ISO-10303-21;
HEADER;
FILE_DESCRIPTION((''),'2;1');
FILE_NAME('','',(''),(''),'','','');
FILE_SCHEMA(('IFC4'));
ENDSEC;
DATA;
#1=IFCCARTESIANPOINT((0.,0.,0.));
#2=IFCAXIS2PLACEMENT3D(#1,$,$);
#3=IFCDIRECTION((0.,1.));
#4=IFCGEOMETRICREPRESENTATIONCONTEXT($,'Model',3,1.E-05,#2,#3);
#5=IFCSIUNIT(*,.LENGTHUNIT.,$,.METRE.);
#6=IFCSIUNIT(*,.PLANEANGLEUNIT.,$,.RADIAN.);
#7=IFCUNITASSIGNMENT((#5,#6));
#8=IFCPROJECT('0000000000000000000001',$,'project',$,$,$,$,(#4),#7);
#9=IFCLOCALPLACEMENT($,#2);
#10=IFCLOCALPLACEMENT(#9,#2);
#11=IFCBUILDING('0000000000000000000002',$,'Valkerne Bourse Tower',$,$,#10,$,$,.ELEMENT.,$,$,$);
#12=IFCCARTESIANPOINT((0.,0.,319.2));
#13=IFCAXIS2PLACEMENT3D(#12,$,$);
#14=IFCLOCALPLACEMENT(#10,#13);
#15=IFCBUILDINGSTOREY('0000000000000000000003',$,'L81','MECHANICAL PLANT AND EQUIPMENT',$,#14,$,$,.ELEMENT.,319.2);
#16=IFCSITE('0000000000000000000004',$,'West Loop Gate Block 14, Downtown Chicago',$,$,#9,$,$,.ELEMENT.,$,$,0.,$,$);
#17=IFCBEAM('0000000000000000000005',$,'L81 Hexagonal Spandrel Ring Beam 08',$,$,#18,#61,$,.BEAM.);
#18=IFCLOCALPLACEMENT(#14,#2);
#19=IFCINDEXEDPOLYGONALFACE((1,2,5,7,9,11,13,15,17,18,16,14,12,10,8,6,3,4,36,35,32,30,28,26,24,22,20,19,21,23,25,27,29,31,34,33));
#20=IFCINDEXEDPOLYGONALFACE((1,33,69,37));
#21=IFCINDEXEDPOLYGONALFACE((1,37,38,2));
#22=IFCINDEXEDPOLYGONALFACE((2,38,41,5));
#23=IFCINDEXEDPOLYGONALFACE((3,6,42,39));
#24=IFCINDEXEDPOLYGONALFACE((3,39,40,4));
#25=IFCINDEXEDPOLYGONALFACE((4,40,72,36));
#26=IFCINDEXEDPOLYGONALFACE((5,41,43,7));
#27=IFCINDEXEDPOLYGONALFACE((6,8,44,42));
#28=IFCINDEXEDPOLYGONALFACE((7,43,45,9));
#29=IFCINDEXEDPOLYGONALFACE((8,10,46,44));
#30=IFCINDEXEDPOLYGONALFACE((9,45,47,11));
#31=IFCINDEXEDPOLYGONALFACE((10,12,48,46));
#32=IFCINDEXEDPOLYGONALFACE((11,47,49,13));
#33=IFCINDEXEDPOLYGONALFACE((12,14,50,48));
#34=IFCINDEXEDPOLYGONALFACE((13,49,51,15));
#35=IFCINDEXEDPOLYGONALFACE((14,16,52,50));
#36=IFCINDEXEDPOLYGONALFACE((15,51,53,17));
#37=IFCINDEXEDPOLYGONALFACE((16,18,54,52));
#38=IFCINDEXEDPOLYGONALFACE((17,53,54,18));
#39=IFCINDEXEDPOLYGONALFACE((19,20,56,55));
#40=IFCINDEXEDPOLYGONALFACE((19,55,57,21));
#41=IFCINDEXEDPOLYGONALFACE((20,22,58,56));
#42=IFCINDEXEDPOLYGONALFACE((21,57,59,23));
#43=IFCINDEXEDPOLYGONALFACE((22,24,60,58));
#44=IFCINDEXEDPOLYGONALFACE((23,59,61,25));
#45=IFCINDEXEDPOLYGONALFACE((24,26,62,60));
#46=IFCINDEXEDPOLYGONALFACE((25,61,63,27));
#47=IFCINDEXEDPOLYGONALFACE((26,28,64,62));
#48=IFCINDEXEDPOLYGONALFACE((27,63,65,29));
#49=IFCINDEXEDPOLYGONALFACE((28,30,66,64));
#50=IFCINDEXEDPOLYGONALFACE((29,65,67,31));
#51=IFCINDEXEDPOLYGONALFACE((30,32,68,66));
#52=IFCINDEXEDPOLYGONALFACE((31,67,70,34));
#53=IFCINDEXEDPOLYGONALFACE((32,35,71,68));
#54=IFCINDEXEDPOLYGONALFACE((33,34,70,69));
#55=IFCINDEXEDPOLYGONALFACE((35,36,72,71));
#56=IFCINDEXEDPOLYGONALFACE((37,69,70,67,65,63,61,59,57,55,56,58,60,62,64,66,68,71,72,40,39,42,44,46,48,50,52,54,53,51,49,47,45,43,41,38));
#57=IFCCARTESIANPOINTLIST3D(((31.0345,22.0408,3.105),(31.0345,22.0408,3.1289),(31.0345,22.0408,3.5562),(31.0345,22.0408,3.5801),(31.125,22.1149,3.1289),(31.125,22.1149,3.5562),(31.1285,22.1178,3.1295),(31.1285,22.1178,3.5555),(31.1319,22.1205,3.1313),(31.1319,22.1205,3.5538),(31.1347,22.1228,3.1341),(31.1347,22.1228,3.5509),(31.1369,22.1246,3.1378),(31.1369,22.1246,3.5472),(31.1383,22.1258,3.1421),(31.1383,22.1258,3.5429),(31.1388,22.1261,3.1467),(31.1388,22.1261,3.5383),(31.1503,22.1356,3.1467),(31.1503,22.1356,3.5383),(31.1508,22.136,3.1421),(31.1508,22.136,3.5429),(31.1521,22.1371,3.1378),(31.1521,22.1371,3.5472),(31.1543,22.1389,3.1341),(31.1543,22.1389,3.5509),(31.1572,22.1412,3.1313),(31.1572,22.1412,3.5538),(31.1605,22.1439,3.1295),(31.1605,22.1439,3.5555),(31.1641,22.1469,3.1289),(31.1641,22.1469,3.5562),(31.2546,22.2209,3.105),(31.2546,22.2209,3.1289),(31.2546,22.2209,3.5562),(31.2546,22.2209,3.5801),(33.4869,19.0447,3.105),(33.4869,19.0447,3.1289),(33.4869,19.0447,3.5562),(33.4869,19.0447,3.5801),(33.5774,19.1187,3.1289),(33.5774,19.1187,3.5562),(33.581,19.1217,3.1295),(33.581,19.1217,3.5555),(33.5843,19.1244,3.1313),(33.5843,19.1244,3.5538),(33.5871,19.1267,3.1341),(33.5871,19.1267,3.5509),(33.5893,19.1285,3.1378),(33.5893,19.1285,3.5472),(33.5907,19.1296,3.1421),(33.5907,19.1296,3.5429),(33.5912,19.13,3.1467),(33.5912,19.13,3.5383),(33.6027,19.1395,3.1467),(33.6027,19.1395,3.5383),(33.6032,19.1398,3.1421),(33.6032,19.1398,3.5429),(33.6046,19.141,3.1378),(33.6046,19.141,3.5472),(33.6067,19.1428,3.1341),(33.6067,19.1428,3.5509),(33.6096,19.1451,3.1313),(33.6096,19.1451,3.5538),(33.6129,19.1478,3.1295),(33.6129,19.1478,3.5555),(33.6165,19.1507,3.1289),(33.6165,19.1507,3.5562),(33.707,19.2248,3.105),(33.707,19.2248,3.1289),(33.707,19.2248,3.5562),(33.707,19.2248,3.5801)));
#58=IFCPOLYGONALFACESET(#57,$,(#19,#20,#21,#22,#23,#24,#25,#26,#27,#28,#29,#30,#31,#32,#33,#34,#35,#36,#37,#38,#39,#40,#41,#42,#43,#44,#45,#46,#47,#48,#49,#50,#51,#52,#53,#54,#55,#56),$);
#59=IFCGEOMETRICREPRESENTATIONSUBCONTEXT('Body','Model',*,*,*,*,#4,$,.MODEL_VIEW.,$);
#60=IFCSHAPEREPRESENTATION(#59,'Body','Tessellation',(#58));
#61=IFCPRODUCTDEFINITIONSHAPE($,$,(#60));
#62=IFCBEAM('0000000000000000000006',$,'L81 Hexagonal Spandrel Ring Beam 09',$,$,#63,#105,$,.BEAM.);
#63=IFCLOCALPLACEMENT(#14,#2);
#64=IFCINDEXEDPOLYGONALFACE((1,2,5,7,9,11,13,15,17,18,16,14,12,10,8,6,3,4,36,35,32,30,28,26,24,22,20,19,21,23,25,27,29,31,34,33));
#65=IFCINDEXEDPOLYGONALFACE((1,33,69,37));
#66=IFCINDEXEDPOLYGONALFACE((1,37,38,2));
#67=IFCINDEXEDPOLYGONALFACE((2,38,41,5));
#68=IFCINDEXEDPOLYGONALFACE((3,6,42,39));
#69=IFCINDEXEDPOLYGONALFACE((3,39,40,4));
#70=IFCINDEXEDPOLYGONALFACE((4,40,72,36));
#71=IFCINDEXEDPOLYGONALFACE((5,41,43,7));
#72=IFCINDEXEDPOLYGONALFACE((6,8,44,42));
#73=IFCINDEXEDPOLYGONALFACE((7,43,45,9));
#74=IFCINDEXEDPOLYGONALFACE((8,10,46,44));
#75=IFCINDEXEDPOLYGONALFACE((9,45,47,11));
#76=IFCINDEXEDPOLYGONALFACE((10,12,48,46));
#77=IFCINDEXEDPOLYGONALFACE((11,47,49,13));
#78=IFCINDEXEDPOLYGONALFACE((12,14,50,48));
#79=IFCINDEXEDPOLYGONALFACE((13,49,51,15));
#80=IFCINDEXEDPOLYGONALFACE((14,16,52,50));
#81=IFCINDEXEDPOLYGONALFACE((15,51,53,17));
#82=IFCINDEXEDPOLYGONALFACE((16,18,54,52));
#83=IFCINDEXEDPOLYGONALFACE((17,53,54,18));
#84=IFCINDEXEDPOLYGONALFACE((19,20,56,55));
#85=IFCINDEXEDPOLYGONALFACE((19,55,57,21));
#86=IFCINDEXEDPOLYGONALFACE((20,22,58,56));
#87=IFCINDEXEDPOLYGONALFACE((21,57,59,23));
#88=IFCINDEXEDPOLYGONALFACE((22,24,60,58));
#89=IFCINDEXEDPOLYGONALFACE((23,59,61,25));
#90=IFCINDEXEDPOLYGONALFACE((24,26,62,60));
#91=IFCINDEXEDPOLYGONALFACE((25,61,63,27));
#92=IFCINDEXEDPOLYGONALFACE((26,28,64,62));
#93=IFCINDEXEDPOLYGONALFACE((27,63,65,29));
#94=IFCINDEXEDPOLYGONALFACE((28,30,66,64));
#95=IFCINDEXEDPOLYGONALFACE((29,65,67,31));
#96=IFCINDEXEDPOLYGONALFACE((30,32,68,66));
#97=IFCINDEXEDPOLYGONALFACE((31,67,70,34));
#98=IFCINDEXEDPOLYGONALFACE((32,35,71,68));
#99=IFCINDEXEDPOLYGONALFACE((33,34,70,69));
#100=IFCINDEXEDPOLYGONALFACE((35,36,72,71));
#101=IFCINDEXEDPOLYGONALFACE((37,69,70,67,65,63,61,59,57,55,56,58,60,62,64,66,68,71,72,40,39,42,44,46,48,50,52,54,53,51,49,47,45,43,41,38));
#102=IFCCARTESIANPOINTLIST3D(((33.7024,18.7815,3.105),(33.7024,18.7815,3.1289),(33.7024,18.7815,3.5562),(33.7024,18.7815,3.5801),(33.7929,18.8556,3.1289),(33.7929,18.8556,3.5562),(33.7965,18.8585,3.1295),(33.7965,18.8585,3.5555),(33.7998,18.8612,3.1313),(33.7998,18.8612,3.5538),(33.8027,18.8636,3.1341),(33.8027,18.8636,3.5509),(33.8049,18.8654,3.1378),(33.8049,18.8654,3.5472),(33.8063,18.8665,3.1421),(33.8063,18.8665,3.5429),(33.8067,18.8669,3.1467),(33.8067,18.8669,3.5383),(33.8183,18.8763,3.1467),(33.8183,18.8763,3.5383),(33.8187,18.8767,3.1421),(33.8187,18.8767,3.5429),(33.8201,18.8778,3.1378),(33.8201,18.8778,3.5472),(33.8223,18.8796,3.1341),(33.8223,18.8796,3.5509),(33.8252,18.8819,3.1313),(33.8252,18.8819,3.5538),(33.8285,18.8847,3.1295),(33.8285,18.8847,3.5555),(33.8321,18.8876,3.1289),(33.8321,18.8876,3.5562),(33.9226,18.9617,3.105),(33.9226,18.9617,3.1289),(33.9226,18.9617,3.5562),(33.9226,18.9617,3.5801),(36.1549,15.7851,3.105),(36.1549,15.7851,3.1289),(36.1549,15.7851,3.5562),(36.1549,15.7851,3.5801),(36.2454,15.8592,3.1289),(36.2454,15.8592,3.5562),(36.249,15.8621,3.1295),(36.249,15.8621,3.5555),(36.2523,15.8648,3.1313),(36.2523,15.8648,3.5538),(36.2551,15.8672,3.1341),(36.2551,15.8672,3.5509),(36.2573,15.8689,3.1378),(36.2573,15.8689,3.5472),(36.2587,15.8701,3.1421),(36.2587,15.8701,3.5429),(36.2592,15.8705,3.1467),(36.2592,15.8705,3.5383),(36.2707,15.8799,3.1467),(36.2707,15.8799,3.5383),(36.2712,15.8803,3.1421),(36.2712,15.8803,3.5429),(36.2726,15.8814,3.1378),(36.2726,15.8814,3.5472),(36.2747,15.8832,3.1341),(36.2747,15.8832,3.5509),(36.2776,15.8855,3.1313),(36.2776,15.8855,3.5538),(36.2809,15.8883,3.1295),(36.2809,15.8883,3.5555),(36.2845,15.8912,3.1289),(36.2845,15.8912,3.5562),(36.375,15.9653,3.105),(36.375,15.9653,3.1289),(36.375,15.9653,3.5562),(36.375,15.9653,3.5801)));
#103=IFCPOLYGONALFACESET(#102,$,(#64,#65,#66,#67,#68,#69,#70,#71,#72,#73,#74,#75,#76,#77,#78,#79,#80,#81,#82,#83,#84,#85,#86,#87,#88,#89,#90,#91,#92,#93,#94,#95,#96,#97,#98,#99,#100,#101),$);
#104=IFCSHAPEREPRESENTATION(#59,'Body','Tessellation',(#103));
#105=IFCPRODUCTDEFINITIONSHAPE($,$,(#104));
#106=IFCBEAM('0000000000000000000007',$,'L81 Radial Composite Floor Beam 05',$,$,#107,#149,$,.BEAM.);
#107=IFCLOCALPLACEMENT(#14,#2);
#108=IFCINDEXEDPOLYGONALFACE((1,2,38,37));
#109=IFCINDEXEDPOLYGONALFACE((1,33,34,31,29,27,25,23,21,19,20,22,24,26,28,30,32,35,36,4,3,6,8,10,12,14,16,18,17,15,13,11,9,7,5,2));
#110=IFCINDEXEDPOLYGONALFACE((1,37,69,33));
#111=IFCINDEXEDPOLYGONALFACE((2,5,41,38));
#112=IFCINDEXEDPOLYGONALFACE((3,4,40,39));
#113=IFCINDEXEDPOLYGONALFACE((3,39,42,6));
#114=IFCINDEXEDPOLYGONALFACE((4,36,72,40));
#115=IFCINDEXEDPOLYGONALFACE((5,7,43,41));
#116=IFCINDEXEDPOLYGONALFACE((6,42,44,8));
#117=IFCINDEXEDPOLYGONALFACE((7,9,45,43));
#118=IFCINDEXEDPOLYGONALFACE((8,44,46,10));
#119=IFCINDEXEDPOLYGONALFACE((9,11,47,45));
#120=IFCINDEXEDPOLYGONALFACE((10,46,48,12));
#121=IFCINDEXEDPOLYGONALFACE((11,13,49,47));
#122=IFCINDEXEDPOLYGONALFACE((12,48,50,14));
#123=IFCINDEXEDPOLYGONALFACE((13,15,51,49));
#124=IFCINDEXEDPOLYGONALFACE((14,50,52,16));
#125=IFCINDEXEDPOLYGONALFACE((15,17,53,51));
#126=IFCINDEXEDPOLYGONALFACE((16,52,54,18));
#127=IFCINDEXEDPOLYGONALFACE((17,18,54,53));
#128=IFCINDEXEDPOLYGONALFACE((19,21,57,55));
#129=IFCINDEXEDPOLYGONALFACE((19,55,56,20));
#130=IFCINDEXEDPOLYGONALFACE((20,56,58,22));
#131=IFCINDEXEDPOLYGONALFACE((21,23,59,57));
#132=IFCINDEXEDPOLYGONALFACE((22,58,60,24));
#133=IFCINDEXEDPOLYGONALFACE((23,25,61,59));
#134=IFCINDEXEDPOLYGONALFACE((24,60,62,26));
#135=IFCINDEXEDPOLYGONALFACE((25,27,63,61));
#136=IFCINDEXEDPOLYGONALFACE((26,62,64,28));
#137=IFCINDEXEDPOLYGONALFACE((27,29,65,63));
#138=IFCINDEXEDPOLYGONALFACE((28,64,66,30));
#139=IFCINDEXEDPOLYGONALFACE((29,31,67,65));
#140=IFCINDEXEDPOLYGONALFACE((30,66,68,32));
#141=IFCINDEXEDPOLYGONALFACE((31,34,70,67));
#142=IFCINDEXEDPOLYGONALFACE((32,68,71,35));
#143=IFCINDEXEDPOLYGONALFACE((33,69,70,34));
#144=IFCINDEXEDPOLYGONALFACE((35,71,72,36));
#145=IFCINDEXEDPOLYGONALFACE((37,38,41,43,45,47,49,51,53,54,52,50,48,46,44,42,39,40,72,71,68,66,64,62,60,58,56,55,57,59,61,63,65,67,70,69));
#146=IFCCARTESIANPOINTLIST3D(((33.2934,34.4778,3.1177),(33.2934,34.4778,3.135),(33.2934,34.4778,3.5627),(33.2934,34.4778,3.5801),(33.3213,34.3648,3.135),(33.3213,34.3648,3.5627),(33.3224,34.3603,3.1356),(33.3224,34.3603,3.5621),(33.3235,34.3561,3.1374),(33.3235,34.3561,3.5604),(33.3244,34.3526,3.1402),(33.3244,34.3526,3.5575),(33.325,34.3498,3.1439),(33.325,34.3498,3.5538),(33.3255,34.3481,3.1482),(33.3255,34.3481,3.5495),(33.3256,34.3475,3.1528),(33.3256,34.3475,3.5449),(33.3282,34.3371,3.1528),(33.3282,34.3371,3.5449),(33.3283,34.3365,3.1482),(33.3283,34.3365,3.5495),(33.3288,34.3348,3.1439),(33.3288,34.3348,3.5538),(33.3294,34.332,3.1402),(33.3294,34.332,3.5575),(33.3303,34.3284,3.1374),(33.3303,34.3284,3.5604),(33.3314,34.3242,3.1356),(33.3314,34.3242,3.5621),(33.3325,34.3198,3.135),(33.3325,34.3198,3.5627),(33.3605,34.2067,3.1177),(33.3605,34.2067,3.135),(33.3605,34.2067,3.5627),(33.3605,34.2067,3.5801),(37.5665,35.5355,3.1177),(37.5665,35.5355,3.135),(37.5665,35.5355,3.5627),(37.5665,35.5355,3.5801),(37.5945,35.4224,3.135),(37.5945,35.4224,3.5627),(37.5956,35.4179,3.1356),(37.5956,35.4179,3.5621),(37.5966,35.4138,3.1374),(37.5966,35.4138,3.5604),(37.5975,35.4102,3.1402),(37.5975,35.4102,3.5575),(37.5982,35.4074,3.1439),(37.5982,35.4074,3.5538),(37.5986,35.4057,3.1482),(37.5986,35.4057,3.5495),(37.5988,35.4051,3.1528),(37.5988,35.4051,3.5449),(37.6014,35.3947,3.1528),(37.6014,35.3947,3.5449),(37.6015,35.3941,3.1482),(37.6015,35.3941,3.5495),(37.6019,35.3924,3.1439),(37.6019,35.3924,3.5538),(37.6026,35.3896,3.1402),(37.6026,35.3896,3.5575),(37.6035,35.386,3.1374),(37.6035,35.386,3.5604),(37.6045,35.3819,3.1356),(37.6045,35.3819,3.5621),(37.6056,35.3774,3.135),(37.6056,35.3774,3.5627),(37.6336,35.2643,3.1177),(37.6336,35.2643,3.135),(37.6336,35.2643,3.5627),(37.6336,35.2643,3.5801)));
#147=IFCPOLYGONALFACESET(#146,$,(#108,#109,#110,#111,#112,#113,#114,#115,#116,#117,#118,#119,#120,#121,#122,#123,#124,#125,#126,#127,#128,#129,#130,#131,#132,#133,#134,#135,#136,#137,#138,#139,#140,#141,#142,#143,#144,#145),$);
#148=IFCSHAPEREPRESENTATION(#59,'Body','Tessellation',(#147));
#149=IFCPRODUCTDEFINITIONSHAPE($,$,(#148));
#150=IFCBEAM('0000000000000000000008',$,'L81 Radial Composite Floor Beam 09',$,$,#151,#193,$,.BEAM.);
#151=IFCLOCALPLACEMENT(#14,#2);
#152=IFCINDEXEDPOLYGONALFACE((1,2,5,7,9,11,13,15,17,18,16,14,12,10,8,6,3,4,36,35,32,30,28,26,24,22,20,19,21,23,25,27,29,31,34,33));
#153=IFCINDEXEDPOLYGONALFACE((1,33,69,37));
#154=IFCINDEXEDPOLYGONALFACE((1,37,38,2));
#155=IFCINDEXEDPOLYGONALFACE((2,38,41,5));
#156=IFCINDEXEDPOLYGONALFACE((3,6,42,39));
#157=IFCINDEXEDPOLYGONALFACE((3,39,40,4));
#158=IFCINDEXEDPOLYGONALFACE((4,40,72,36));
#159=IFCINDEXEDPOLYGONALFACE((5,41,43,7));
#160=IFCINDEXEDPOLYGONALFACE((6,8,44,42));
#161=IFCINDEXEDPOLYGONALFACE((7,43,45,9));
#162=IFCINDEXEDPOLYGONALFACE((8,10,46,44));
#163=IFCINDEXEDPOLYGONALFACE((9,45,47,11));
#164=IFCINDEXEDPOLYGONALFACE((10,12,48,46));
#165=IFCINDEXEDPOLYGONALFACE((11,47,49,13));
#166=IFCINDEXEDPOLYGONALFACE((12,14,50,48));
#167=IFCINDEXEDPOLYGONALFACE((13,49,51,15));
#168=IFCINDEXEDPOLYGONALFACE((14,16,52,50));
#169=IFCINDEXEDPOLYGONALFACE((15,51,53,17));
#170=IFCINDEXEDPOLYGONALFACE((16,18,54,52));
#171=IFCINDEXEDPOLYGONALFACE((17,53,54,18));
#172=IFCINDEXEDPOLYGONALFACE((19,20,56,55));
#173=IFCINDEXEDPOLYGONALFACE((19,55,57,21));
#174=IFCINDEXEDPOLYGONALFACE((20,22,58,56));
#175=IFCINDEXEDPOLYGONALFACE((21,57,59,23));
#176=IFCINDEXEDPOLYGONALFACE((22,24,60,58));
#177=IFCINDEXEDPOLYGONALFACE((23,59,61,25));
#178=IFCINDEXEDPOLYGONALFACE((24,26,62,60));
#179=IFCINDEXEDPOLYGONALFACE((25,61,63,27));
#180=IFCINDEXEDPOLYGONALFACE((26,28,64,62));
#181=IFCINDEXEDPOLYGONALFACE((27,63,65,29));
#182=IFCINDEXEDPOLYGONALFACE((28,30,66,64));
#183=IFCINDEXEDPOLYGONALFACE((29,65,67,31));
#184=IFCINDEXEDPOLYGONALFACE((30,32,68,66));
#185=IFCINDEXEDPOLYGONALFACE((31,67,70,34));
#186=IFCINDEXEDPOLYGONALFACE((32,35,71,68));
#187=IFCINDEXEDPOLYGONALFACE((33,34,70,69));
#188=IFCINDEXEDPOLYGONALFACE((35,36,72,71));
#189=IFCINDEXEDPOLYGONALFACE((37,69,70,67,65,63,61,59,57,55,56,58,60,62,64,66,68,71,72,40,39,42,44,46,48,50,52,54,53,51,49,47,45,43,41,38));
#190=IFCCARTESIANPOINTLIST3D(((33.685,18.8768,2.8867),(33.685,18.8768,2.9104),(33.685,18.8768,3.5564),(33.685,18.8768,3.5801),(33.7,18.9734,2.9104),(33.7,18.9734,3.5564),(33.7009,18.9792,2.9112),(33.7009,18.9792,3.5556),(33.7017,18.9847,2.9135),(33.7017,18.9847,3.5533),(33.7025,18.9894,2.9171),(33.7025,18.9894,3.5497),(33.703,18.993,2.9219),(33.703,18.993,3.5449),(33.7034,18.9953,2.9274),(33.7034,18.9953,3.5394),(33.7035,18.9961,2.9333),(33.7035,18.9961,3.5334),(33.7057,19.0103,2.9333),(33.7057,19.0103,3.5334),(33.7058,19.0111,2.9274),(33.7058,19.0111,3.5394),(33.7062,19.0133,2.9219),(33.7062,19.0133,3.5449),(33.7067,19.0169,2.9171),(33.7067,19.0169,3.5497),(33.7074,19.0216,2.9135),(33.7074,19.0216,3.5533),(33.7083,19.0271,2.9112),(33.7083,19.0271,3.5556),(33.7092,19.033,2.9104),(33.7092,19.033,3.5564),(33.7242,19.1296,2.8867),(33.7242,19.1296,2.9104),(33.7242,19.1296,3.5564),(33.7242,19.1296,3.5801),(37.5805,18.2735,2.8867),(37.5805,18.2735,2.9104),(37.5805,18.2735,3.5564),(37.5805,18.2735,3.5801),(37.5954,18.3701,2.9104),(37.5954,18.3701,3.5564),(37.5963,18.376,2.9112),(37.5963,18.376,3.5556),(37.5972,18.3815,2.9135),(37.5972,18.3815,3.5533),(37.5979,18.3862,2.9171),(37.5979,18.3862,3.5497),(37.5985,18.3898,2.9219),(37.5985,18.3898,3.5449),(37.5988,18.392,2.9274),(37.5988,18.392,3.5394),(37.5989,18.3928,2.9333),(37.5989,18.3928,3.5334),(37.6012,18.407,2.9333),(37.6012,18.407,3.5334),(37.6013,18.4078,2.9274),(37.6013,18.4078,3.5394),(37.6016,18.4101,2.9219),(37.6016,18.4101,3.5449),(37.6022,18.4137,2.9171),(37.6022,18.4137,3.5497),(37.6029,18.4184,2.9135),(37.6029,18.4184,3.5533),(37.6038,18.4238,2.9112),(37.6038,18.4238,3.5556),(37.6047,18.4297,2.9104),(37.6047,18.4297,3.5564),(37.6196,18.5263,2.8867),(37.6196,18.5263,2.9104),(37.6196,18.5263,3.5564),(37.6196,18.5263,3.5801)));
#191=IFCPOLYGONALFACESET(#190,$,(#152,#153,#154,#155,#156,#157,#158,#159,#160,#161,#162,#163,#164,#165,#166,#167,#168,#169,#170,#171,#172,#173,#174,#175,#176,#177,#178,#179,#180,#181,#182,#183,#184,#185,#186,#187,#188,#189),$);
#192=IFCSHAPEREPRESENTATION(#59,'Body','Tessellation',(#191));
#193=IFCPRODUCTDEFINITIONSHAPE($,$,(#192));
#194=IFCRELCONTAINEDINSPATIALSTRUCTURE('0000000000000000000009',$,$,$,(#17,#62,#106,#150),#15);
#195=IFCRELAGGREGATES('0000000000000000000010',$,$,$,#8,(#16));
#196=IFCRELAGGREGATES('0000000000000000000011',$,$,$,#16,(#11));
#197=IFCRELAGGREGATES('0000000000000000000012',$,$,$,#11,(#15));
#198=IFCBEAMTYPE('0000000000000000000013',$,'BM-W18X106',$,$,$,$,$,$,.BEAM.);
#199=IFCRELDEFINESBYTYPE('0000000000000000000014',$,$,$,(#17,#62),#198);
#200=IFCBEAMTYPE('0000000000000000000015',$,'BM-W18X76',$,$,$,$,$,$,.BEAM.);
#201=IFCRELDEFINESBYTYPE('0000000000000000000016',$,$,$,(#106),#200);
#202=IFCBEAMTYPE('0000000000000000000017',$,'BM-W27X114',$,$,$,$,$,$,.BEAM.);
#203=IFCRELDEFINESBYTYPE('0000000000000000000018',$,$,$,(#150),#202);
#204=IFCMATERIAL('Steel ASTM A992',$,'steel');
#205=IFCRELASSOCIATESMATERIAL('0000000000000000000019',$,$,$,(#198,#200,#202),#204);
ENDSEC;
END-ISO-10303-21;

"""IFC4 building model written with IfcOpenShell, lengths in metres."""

from ifc_helpers import new_model, si_unit, direction, frame, origin, origin_2d, place, context, subcontext, project, spatial, i_section, extrude, material, material_profile, profile_set, type_object, element, save


model = new_model("IFC4")

# Units and contexts
model_context = context("Model", 3, precision=1e-05, world=origin(), true_north=direction((0.0, 1.0)))
body_context = subcontext(model_context, "Body", "Model", "MODEL_VIEW")
ifc_project = project(units=[si_unit("LENGTHUNIT", "METRE"), si_unit("PLANEANGLEUNIT", "RADIAN")], contexts=[model_context])

# Site, building, storey
site_placement = place(None, origin())
site = spatial("IfcSite", under=ifc_project, at=site_placement, Name="West Loop Gate Block 14, Downtown Chicago", CompositionType="ELEMENT", RefElevation=0.0)
building_placement = place(site_placement, origin())
building = spatial("IfcBuilding", under=site, at=building_placement, Name="Valkerne Bourse Tower", CompositionType="ELEMENT")
storey_placement = place(building_placement, frame((0.0, 0.0, 319.2)))
storey = spatial("IfcBuildingStorey", under=building, at=storey_placement, Name="L81", Description="MECHANICAL PLANT AND EQUIPMENT", CompositionType="ELEMENT", Elevation=319.2)

# Beams
ifc_material_1 = material(Name="Steel ASTM A992", Category="steel")
ifc_material_profile_1 = material_profile(ifc_material_1, i_section(OverallWidth=0.2844, OverallDepth=0.4751, WebThickness=0.0149, FlangeThickness=0.0239, FilletRadius=0.0178, at=origin_2d()), Name="W18X106")
ifc_profile_set_1 = profile_set([ifc_material_profile_1], Name="Steel ASTM A992")
beam_type_1 = type_object("IfcBeamType", Name="BM-W18X106", PredefinedType="BEAM", material=ifc_profile_set_1)
beam_1_placement = place(storey_placement, frame((31.1445, 22.1309, 3.3425), z_axis=(0.633399, -0.773825, 0.0), x_axis=(0.773825, 0.633399, 0.0)))
element("IfcBeam", 1, at=beam_1_placement, inside=storey, type_object=beam_type_1, Name="L81 Hexagonal Spandrel Ring Beam 08", PredefinedType="BEAM", context=body_context, shape_type="SweptSolid", body=[
    extrude(i_section(OverallWidth=0.2844, OverallDepth=0.4751, WebThickness=0.0149, FlangeThickness=0.0239, FilletRadius=0.0178, at=origin_2d()), origin(), (0.0, 0.0, 1.0), 3.8718),
])
beam_2_placement = place(storey_placement, frame((33.8125, 18.8716, 3.3425), z_axis=(0.633368, -0.773851, 0.0), x_axis=(0.773851, 0.633368, 0.0)))
element("IfcBeam", 2, at=beam_2_placement, inside=storey, type_object=beam_type_1, Name="L81 Hexagonal Spandrel Ring Beam 09", PredefinedType="BEAM", context=body_context, shape_type="SweptSolid", body=[
    extrude(i_section(OverallWidth=0.2844, OverallDepth=0.4751, WebThickness=0.0149, FlangeThickness=0.0239, FilletRadius=0.0178, at=origin_2d()), origin(), (0.0, 0.0, 1.0), 3.8721),
])
ifc_material_profile_2 = material_profile(ifc_material_1, i_section(OverallWidth=0.2793, OverallDepth=0.4624, WebThickness=0.0107, FlangeThickness=0.0173, FilletRadius=0.0178, at=origin_2d()), Name="W18X76")
ifc_profile_set_2 = profile_set([ifc_material_profile_2], Name="Steel ASTM A992")
beam_type_2 = type_object("IfcBeamType", Name="BM-W18X76", PredefinedType="BEAM", material=ifc_profile_set_2)
beam_3_placement = place(storey_placement, frame((33.3269, 34.3423, 3.3489), z_axis=(0.970711, 0.240251, 0.0), x_axis=(-0.240251, 0.970711, 0.0)))
element("IfcBeam", 3, at=beam_3_placement, inside=storey, type_object=beam_type_2, Name="L81 Radial Composite Floor Beam 05", PredefinedType="BEAM", context=body_context, shape_type="SweptSolid", body=[
    extrude(i_section(OverallWidth=0.2793, OverallDepth=0.4624, WebThickness=0.0107, FlangeThickness=0.0173, FilletRadius=0.0178, at=origin_2d()), origin(), (0.0, 0.0, 1.0), 4.4021),
])
ifc_material_profile_3 = material_profile(ifc_material_1, i_section(OverallWidth=0.2559, OverallDepth=0.6934, WebThickness=0.0144, FlangeThickness=0.0237, FilletRadius=0.0229, at=origin_2d()), Name="W27X114")
ifc_profile_set_3 = profile_set([ifc_material_profile_3], Name="Steel ASTM A992")
beam_type_3 = type_object("IfcBeamType", Name="BM-W27X114", PredefinedType="BEAM", material=ifc_profile_set_3)
beam_4_placement = place(storey_placement, frame((33.7046, 19.0032, 3.2334), z_axis=(0.98822, -0.153039, 0.0), x_axis=(0.153039, 0.98822, 0.0)))
element("IfcBeam", 4, at=beam_4_placement, inside=storey, type_object=beam_type_3, Name="L81 Radial Composite Floor Beam 09", PredefinedType="BEAM", context=body_context, shape_type="SweptSolid", body=[
    extrude(i_section(OverallWidth=0.2559, OverallDepth=0.6934, WebThickness=0.0144, FlangeThickness=0.0237, FilletRadius=0.0229, at=origin_2d()), origin(), (0.0, 0.0, 1.0), 3.9419),
])

save(model, "model.ifc")
